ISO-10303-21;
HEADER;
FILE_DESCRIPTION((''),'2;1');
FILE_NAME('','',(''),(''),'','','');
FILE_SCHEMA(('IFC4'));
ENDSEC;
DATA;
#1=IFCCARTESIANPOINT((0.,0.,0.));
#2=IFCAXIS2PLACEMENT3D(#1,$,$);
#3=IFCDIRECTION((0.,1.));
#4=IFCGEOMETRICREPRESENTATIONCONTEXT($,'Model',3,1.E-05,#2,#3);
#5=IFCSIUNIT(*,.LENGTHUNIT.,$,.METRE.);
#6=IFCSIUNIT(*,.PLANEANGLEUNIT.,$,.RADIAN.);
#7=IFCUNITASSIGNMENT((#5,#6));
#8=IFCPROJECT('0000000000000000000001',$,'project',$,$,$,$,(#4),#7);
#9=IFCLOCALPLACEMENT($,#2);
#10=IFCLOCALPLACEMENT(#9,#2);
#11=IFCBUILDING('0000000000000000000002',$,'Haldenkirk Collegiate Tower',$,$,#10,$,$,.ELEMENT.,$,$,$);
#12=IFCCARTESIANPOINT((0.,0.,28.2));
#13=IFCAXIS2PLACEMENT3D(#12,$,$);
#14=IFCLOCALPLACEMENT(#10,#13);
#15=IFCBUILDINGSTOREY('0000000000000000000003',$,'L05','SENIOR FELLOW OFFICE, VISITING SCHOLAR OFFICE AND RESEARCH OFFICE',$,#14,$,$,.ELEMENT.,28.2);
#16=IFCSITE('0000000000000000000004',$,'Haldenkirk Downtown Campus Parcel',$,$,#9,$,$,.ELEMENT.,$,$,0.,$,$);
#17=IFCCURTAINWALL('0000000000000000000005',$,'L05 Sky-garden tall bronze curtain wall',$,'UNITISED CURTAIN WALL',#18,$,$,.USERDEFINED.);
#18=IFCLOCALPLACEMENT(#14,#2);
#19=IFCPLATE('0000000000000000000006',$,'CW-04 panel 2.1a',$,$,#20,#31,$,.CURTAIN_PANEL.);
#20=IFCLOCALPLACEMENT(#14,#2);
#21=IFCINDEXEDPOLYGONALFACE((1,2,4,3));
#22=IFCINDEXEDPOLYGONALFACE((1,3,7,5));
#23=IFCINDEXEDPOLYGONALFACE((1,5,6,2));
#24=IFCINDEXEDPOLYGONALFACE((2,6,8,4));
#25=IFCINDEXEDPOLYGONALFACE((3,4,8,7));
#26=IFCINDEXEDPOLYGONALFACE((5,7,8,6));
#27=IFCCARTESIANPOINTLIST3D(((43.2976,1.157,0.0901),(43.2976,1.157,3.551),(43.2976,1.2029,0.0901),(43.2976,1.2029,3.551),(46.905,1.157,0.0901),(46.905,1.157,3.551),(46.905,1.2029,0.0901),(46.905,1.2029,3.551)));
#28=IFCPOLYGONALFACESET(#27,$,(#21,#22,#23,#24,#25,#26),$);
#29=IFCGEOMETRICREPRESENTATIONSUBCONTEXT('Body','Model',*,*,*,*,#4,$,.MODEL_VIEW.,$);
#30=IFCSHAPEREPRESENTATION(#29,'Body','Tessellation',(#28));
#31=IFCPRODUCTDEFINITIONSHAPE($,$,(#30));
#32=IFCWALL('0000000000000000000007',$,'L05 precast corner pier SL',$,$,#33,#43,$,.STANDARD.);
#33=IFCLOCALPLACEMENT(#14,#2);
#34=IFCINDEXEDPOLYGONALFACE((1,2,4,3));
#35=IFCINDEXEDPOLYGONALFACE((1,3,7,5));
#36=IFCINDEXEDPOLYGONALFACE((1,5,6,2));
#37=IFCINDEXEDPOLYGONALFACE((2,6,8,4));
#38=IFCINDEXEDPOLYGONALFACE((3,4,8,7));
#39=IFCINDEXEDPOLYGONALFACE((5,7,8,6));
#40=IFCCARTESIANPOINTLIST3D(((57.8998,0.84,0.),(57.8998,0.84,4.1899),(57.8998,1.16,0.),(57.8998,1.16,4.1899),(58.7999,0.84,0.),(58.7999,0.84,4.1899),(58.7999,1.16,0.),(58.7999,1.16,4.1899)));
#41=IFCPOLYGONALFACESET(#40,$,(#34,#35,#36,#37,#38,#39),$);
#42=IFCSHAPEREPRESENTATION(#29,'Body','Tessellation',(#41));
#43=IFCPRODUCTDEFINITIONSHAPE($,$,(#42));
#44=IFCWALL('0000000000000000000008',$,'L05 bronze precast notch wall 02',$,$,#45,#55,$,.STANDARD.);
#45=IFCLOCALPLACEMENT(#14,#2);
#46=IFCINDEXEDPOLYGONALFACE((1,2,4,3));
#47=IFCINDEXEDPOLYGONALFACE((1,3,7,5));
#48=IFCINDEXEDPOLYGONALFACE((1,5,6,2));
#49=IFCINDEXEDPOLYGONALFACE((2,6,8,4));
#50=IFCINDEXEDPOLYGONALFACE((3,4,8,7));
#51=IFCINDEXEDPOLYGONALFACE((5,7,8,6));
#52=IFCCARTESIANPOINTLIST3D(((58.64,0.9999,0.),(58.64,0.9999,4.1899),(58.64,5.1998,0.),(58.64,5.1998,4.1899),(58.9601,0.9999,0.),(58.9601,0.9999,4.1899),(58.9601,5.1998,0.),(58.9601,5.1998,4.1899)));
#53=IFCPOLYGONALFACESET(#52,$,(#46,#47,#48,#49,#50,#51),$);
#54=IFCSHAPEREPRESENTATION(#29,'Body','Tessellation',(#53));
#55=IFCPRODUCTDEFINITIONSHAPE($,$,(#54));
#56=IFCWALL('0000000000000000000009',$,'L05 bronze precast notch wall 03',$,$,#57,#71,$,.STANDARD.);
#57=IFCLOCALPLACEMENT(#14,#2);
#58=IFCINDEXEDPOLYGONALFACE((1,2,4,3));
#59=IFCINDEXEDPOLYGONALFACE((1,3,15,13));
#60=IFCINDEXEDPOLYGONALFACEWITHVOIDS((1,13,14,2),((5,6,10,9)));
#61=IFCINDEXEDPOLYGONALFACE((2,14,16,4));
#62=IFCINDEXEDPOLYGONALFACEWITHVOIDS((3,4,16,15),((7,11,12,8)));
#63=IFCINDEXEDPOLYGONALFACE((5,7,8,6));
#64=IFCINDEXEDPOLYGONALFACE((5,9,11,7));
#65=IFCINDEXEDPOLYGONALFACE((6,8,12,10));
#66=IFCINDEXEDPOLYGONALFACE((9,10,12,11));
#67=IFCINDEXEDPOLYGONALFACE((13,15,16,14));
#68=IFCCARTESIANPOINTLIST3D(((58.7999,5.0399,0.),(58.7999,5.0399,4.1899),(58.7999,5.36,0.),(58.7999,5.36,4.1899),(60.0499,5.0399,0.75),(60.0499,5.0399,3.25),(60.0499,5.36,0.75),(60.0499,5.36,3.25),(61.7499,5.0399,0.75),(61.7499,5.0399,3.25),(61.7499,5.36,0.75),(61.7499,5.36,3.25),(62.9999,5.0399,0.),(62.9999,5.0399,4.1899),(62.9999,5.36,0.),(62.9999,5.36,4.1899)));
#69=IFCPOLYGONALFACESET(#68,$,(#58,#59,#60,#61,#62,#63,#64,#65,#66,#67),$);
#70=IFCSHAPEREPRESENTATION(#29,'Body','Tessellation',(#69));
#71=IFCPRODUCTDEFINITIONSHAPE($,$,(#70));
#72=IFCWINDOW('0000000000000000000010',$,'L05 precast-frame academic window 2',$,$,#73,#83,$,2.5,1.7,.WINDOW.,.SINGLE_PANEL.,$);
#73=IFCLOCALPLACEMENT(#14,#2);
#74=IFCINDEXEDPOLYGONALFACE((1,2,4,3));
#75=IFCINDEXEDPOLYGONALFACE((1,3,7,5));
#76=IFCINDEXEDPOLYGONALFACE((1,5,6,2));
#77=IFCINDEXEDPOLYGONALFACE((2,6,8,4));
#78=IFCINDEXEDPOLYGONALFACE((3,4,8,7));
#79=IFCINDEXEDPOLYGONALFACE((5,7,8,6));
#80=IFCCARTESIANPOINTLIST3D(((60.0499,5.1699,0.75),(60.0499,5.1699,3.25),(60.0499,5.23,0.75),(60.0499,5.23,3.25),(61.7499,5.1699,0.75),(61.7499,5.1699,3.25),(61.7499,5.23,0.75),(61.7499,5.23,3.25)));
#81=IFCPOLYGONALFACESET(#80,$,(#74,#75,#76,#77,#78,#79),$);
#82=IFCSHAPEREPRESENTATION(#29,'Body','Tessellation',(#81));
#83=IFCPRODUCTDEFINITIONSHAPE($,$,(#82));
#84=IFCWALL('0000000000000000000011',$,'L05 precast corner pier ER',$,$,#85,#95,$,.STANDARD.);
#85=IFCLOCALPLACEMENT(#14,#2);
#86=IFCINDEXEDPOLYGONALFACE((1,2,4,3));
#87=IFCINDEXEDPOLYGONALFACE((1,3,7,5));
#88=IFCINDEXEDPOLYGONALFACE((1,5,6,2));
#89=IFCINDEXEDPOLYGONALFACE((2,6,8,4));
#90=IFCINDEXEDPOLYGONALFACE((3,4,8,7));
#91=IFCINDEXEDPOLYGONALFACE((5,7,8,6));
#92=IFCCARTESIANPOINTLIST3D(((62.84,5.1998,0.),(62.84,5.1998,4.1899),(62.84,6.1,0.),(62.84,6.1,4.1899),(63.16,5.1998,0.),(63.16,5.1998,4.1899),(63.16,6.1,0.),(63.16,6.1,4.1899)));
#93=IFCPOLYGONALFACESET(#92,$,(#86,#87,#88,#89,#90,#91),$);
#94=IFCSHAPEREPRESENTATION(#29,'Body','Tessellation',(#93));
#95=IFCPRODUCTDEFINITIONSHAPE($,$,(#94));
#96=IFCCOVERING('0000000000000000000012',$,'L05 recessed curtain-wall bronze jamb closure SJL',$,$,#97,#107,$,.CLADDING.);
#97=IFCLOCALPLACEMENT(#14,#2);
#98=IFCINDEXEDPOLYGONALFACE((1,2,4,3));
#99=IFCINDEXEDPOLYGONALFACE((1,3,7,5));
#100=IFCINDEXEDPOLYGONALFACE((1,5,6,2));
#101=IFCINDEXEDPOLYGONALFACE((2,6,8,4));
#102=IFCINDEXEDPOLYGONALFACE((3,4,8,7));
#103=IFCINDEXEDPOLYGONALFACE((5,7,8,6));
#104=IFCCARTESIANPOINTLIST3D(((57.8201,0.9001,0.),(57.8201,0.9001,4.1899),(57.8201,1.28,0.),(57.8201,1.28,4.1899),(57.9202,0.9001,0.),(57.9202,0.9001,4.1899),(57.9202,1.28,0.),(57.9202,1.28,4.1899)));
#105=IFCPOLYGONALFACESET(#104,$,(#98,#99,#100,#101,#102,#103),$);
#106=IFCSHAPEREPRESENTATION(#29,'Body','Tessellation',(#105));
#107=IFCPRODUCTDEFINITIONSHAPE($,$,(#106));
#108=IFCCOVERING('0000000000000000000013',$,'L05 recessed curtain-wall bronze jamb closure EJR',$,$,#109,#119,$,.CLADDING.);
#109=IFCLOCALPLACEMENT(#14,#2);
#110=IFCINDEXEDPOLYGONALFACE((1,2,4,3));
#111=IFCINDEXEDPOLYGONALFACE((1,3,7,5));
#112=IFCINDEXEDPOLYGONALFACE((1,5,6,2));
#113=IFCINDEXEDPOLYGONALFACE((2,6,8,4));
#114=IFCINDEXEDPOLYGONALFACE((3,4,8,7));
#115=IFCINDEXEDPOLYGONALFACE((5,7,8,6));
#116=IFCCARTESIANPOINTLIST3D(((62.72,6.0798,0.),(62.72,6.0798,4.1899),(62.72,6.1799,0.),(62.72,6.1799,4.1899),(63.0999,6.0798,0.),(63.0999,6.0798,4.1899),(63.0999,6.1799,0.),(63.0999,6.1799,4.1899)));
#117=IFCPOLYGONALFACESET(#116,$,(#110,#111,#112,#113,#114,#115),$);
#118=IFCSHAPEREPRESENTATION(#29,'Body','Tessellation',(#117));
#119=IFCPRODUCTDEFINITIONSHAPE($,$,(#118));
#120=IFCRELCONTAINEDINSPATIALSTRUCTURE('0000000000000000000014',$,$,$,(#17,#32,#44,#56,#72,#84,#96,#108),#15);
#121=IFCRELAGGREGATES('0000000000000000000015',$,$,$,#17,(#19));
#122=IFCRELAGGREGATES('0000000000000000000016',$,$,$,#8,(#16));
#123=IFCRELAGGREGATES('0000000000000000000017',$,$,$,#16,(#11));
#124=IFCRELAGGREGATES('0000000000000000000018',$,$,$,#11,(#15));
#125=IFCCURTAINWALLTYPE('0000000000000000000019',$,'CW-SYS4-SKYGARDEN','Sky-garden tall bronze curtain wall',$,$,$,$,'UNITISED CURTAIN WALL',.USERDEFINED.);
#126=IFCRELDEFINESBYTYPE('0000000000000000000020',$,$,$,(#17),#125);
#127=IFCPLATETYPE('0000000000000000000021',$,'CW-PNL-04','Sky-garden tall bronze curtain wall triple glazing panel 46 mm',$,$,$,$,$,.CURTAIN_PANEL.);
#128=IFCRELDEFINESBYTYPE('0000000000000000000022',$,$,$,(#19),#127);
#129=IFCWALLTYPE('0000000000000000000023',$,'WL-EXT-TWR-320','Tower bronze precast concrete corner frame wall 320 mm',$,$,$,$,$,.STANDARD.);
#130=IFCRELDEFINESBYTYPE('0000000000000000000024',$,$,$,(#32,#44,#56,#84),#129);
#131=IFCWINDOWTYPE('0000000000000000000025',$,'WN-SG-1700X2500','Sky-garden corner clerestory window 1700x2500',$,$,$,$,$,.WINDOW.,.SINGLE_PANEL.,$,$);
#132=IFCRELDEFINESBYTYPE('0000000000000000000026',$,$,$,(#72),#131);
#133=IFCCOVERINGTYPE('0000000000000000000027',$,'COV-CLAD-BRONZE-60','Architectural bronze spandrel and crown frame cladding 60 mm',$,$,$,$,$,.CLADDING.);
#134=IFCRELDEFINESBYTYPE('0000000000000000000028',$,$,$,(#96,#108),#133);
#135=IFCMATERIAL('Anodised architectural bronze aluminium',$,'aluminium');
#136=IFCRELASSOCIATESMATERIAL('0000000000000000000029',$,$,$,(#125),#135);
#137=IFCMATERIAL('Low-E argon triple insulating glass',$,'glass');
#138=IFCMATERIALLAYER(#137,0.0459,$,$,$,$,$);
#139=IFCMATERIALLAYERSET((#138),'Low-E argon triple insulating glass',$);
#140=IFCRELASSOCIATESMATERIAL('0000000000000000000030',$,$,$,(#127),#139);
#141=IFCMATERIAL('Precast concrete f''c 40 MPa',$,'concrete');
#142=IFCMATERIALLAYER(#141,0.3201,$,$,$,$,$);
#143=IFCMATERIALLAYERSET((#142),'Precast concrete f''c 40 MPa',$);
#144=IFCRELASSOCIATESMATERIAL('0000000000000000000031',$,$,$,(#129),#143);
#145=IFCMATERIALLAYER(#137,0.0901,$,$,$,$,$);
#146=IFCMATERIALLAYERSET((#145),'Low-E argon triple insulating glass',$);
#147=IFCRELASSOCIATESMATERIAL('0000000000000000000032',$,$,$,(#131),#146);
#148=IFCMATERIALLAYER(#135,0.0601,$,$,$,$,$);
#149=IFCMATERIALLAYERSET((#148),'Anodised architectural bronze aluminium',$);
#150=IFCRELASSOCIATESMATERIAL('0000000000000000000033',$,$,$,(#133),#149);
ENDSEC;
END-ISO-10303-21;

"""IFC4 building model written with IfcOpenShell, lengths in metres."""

from ifc_helpers import new_model, si_unit, direction, frame, frame_2d, origin, origin_2d, place, context, subcontext, project, spatial, rectangle, extrude, source, transform, mapped, material, layer, layer_set, type_object, element, fill, aggregate, save


model = new_model("IFC4")

# Units and contexts
model_context = context("Model", 3, precision=1e-05, world=origin(), true_north=direction((0.0, 1.0)))
body_context = subcontext(model_context, "Body", "Model", "MODEL_VIEW")
ifc_project = project(units=[si_unit("LENGTHUNIT", "METRE"), si_unit("PLANEANGLEUNIT", "RADIAN")], contexts=[model_context])

# Site, building, storey
site_placement = place(None, origin())
site = spatial("IfcSite", under=ifc_project, at=site_placement, Name="Haldenkirk Downtown Campus Parcel", CompositionType="ELEMENT", RefElevation=0.0)
building_placement = place(site_placement, origin())
building = spatial("IfcBuilding", under=site, at=building_placement, Name="Haldenkirk Collegiate Tower", CompositionType="ELEMENT")
storey_placement = place(building_placement, frame((0.0, 0.0, 28.2)))
storey = spatial("IfcBuildingStorey", under=building, at=storey_placement, Name="L05", Description="SENIOR FELLOW OFFICE, VISITING SCHOLAR OFFICE AND RESEARCH OFFICE", CompositionType="ELEMENT", Elevation=28.2)

# Curtain wall
ifc_material_1 = material(Name="Anodised architectural bronze aluminium", Category="aluminium")
curtain_wall_type = type_object("IfcCurtainWallType", Name="CW-SYS4-SKYGARDEN", Description="Sky-garden tall bronze curtain wall", ElementType="UNITISED CURTAIN WALL", PredefinedType="USERDEFINED", material=ifc_material_1)
curtain_wall_1_placement = place(storey_placement, origin())
curtain_wall_1 = element("IfcCurtainWall", 1, at=curtain_wall_1_placement, inside=storey, type_object=curtain_wall_type, Name="L05 Sky-garden tall bronze curtain wall", ObjectType="UNITISED CURTAIN WALL", PredefinedType="USERDEFINED")

# Plate
ifc_material_2 = material(Name="Low-E argon triple insulating glass", Category="glass")
ifc_layer_1 = layer(ifc_material_2, 0.0459)
ifc_layer_set_1 = layer_set([ifc_layer_1], Name="Low-E argon triple insulating glass")
plate_type = type_object("IfcPlateType", Name="CW-PNL-04", Description="Sky-garden tall bronze curtain wall triple glazing panel 46 mm", PredefinedType="CURTAIN_PANEL", material=ifc_layer_set_1)
shared_shape_1 = source(origin(), body_context, "Body", "SweptSolid", [
    extrude(rectangle(XDim=3.6074, YDim=0.0459, at=origin_2d()), origin(), (0.0, 0.0, 1.0), 3.4609),
])
plate_1_placement = place(storey_placement, frame((45.1013, 1.1799, 0.0901), z_axis=(0.0, 0.0, 1.0), x_axis=(-1.0, 0.0, 0.0)))
plate_1 = element("IfcPlate", 2, at=plate_1_placement, type_object=plate_type, Name="CW-04 panel 2.1a", PredefinedType="CURTAIN_PANEL", context=body_context, shape_type="MappedRepresentation", body=[
    mapped(shared_shape_1, transform((0.0, 0.0, 0.0), x_axis=(1.0, 0.0, 0.0), y_axis=(0.0, 1.0, 0.0), z_axis=(0.0, 0.0, 1.0), scale=1.0)),
])
aggregate(curtain_wall_1, [plate_1])

# Walls
ifc_material_3 = material(Name="Precast concrete f'c 40 MPa", Category="concrete")
ifc_layer_2 = layer(ifc_material_3, 0.3201)
ifc_layer_set_2 = layer_set([ifc_layer_2], Name="Precast concrete f'c 40 MPa")
wall_type = type_object("IfcWallType", Name="WL-EXT-TWR-320", Description="Tower bronze precast concrete corner frame wall 320 mm", PredefinedType="STANDARD", material=ifc_layer_set_2)
wall_1_placement = place(storey_placement, frame((58.8, 1.0, 0.0), z_axis=(0.0, 0.0, 1.0), x_axis=(-1.0, 0.0, 0.0)))
element("IfcWall", 3, at=wall_1_placement, inside=storey, type_object=wall_type, Name="L05 precast corner pier SL", PredefinedType="STANDARD", context=body_context, shape_type="SweptSolid", body=[
    extrude(rectangle(XDim=0.9001, YDim=0.3201, at=frame_2d((0.4502, 0.0))), origin(), (0.0, 0.0, 1.0), 4.1899),
])
wall_2_placement = place(storey_placement, frame((58.8, 5.2, 0.0), z_axis=(0.0, 0.0, 1.0), x_axis=(0.0, -1.0, 0.0)))
element("IfcWall", 4, at=wall_2_placement, inside=storey, type_object=wall_type, Name="L05 bronze precast notch wall 02", PredefinedType="STANDARD", context=body_context, shape_type="SweptSolid", body=[
    extrude(rectangle(XDim=4.2, YDim=0.3201, at=frame_2d((2.1001, 0.0))), origin(), (0.0, 0.0, 1.0), 4.1899),
])

# Wall, opening, window
wall_3_placement = place(storey_placement, frame((63.0, 5.2, 0.0), z_axis=(0.0, 0.0, 1.0), x_axis=(-1.0, 0.0, 0.0)))
wall_3 = element("IfcWall", 5, at=wall_3_placement, inside=storey, type_object=wall_type, Name="L05 bronze precast notch wall 03", PredefinedType="STANDARD", context=body_context, shape_type="SweptSolid", body=[
    extrude(rectangle(XDim=4.2, YDim=0.3201, at=frame_2d((2.1001, 0.0))), origin(), (0.0, 0.0, 1.0), 4.1899),
])
opening_placement = place(wall_3_placement, frame((1.25, 0.0, 0.75)))
opening = element("IfcOpeningElement", 6, at=opening_placement, cuts=wall_3, PredefinedType="OPENING", context=body_context, shape_type="SweptSolid", body=[
    extrude(rectangle(XDim=1.7, YDim=2.5, at=frame_2d((0.8501, 1.25))), frame((0.0, 0.1699, 0.0), z_axis=(0.0, -1.0, 0.0), x_axis=(1.0, 0.0, 0.0)), (0.0, 0.0, 1.0), 0.3401),
])
ifc_layer_3 = layer(ifc_material_2, 0.0901)
ifc_layer_set_3 = layer_set([ifc_layer_3], Name="Low-E argon triple insulating glass")
window_type = type_object("IfcWindowType", Name="WN-SG-1700X2500", Description="Sky-garden corner clerestory window 1700x2500", PartitioningType="SINGLE_PANEL", PredefinedType="WINDOW", material=ifc_layer_set_3)
window_placement = place(opening_placement, origin())
window = element("IfcWindow", 7, at=window_placement, inside=storey, type_object=window_type, Name="L05 precast-frame academic window 2", OverallHeight=2.5, OverallWidth=1.7, PartitioningType="SINGLE_PANEL", PredefinedType="WINDOW", context=body_context, shape_type="SweptSolid", body=[
    extrude(rectangle(XDim=1.7, YDim=2.5, at=frame_2d((0.8501, 1.25))), frame((0.0, 0.03, 0.0), z_axis=(0.0, -1.0, 0.0), x_axis=(1.0, 0.0, 0.0)), (0.0, 0.0, 1.0), 0.0601),
])
fill(opening, window)

# Wall
wall_4_placement = place(storey_placement, frame((63.0, 6.1001, 0.0), z_axis=(0.0, 0.0, 1.0), x_axis=(0.0, -1.0, 0.0)))
element("IfcWall", 8, at=wall_4_placement, inside=storey, type_object=wall_type, Name="L05 precast corner pier ER", PredefinedType="STANDARD", context=body_context, shape_type="SweptSolid", body=[
    extrude(rectangle(XDim=0.9001, YDim=0.3201, at=frame_2d((0.4502, 0.0))), origin(), (0.0, 0.0, 1.0), 4.1899),
])

# Coverings
ifc_layer_4 = layer(ifc_material_1, 0.0601)
ifc_layer_set_4 = layer_set([ifc_layer_4], Name="Anodised architectural bronze aluminium")
covering_type = type_object("IfcCoveringType", Name="COV-CLAD-BRONZE-60", Description="Architectural bronze spandrel and crown frame cladding 60 mm", PredefinedType="CLADDING", material=ifc_layer_set_4)
shared_shape_2 = source(origin(), body_context, "Body", "SweptSolid", [
    extrude(rectangle(XDim=0.1001, YDim=0.3799, at=origin_2d()), origin(), (0.0, 0.0, 1.0), 4.1899),
])
for number, where, z_axis, x_axis, name in (
    (9, (57.8701, 1.0901, 0.0), (0.0, 0.0, 1.0), (-1.0, 0.0, 0.0), "L05 recessed curtain-wall bronze jamb closure SJL"),
    (10, (62.9099, 6.1299, 0.0), (0.0, 0.0, 1.0), (0.0, -1.0, 0.0), "L05 recessed curtain-wall bronze jamb closure EJR"),
):
    element("IfcCovering", number, at=place(storey_placement, frame(where, z_axis=z_axis, x_axis=x_axis)), inside=storey, type_object=covering_type, Name=name, PredefinedType="CLADDING", context=body_context, shape_type="MappedRepresentation", body=[
        mapped(shared_shape_2, transform((0.0, 0.0, 0.0), x_axis=(1.0, 0.0, 0.0), y_axis=(0.0, 1.0, 0.0), z_axis=(0.0, 0.0, 1.0), scale=1.0)),
    ])

save(model, "model.ifc")
